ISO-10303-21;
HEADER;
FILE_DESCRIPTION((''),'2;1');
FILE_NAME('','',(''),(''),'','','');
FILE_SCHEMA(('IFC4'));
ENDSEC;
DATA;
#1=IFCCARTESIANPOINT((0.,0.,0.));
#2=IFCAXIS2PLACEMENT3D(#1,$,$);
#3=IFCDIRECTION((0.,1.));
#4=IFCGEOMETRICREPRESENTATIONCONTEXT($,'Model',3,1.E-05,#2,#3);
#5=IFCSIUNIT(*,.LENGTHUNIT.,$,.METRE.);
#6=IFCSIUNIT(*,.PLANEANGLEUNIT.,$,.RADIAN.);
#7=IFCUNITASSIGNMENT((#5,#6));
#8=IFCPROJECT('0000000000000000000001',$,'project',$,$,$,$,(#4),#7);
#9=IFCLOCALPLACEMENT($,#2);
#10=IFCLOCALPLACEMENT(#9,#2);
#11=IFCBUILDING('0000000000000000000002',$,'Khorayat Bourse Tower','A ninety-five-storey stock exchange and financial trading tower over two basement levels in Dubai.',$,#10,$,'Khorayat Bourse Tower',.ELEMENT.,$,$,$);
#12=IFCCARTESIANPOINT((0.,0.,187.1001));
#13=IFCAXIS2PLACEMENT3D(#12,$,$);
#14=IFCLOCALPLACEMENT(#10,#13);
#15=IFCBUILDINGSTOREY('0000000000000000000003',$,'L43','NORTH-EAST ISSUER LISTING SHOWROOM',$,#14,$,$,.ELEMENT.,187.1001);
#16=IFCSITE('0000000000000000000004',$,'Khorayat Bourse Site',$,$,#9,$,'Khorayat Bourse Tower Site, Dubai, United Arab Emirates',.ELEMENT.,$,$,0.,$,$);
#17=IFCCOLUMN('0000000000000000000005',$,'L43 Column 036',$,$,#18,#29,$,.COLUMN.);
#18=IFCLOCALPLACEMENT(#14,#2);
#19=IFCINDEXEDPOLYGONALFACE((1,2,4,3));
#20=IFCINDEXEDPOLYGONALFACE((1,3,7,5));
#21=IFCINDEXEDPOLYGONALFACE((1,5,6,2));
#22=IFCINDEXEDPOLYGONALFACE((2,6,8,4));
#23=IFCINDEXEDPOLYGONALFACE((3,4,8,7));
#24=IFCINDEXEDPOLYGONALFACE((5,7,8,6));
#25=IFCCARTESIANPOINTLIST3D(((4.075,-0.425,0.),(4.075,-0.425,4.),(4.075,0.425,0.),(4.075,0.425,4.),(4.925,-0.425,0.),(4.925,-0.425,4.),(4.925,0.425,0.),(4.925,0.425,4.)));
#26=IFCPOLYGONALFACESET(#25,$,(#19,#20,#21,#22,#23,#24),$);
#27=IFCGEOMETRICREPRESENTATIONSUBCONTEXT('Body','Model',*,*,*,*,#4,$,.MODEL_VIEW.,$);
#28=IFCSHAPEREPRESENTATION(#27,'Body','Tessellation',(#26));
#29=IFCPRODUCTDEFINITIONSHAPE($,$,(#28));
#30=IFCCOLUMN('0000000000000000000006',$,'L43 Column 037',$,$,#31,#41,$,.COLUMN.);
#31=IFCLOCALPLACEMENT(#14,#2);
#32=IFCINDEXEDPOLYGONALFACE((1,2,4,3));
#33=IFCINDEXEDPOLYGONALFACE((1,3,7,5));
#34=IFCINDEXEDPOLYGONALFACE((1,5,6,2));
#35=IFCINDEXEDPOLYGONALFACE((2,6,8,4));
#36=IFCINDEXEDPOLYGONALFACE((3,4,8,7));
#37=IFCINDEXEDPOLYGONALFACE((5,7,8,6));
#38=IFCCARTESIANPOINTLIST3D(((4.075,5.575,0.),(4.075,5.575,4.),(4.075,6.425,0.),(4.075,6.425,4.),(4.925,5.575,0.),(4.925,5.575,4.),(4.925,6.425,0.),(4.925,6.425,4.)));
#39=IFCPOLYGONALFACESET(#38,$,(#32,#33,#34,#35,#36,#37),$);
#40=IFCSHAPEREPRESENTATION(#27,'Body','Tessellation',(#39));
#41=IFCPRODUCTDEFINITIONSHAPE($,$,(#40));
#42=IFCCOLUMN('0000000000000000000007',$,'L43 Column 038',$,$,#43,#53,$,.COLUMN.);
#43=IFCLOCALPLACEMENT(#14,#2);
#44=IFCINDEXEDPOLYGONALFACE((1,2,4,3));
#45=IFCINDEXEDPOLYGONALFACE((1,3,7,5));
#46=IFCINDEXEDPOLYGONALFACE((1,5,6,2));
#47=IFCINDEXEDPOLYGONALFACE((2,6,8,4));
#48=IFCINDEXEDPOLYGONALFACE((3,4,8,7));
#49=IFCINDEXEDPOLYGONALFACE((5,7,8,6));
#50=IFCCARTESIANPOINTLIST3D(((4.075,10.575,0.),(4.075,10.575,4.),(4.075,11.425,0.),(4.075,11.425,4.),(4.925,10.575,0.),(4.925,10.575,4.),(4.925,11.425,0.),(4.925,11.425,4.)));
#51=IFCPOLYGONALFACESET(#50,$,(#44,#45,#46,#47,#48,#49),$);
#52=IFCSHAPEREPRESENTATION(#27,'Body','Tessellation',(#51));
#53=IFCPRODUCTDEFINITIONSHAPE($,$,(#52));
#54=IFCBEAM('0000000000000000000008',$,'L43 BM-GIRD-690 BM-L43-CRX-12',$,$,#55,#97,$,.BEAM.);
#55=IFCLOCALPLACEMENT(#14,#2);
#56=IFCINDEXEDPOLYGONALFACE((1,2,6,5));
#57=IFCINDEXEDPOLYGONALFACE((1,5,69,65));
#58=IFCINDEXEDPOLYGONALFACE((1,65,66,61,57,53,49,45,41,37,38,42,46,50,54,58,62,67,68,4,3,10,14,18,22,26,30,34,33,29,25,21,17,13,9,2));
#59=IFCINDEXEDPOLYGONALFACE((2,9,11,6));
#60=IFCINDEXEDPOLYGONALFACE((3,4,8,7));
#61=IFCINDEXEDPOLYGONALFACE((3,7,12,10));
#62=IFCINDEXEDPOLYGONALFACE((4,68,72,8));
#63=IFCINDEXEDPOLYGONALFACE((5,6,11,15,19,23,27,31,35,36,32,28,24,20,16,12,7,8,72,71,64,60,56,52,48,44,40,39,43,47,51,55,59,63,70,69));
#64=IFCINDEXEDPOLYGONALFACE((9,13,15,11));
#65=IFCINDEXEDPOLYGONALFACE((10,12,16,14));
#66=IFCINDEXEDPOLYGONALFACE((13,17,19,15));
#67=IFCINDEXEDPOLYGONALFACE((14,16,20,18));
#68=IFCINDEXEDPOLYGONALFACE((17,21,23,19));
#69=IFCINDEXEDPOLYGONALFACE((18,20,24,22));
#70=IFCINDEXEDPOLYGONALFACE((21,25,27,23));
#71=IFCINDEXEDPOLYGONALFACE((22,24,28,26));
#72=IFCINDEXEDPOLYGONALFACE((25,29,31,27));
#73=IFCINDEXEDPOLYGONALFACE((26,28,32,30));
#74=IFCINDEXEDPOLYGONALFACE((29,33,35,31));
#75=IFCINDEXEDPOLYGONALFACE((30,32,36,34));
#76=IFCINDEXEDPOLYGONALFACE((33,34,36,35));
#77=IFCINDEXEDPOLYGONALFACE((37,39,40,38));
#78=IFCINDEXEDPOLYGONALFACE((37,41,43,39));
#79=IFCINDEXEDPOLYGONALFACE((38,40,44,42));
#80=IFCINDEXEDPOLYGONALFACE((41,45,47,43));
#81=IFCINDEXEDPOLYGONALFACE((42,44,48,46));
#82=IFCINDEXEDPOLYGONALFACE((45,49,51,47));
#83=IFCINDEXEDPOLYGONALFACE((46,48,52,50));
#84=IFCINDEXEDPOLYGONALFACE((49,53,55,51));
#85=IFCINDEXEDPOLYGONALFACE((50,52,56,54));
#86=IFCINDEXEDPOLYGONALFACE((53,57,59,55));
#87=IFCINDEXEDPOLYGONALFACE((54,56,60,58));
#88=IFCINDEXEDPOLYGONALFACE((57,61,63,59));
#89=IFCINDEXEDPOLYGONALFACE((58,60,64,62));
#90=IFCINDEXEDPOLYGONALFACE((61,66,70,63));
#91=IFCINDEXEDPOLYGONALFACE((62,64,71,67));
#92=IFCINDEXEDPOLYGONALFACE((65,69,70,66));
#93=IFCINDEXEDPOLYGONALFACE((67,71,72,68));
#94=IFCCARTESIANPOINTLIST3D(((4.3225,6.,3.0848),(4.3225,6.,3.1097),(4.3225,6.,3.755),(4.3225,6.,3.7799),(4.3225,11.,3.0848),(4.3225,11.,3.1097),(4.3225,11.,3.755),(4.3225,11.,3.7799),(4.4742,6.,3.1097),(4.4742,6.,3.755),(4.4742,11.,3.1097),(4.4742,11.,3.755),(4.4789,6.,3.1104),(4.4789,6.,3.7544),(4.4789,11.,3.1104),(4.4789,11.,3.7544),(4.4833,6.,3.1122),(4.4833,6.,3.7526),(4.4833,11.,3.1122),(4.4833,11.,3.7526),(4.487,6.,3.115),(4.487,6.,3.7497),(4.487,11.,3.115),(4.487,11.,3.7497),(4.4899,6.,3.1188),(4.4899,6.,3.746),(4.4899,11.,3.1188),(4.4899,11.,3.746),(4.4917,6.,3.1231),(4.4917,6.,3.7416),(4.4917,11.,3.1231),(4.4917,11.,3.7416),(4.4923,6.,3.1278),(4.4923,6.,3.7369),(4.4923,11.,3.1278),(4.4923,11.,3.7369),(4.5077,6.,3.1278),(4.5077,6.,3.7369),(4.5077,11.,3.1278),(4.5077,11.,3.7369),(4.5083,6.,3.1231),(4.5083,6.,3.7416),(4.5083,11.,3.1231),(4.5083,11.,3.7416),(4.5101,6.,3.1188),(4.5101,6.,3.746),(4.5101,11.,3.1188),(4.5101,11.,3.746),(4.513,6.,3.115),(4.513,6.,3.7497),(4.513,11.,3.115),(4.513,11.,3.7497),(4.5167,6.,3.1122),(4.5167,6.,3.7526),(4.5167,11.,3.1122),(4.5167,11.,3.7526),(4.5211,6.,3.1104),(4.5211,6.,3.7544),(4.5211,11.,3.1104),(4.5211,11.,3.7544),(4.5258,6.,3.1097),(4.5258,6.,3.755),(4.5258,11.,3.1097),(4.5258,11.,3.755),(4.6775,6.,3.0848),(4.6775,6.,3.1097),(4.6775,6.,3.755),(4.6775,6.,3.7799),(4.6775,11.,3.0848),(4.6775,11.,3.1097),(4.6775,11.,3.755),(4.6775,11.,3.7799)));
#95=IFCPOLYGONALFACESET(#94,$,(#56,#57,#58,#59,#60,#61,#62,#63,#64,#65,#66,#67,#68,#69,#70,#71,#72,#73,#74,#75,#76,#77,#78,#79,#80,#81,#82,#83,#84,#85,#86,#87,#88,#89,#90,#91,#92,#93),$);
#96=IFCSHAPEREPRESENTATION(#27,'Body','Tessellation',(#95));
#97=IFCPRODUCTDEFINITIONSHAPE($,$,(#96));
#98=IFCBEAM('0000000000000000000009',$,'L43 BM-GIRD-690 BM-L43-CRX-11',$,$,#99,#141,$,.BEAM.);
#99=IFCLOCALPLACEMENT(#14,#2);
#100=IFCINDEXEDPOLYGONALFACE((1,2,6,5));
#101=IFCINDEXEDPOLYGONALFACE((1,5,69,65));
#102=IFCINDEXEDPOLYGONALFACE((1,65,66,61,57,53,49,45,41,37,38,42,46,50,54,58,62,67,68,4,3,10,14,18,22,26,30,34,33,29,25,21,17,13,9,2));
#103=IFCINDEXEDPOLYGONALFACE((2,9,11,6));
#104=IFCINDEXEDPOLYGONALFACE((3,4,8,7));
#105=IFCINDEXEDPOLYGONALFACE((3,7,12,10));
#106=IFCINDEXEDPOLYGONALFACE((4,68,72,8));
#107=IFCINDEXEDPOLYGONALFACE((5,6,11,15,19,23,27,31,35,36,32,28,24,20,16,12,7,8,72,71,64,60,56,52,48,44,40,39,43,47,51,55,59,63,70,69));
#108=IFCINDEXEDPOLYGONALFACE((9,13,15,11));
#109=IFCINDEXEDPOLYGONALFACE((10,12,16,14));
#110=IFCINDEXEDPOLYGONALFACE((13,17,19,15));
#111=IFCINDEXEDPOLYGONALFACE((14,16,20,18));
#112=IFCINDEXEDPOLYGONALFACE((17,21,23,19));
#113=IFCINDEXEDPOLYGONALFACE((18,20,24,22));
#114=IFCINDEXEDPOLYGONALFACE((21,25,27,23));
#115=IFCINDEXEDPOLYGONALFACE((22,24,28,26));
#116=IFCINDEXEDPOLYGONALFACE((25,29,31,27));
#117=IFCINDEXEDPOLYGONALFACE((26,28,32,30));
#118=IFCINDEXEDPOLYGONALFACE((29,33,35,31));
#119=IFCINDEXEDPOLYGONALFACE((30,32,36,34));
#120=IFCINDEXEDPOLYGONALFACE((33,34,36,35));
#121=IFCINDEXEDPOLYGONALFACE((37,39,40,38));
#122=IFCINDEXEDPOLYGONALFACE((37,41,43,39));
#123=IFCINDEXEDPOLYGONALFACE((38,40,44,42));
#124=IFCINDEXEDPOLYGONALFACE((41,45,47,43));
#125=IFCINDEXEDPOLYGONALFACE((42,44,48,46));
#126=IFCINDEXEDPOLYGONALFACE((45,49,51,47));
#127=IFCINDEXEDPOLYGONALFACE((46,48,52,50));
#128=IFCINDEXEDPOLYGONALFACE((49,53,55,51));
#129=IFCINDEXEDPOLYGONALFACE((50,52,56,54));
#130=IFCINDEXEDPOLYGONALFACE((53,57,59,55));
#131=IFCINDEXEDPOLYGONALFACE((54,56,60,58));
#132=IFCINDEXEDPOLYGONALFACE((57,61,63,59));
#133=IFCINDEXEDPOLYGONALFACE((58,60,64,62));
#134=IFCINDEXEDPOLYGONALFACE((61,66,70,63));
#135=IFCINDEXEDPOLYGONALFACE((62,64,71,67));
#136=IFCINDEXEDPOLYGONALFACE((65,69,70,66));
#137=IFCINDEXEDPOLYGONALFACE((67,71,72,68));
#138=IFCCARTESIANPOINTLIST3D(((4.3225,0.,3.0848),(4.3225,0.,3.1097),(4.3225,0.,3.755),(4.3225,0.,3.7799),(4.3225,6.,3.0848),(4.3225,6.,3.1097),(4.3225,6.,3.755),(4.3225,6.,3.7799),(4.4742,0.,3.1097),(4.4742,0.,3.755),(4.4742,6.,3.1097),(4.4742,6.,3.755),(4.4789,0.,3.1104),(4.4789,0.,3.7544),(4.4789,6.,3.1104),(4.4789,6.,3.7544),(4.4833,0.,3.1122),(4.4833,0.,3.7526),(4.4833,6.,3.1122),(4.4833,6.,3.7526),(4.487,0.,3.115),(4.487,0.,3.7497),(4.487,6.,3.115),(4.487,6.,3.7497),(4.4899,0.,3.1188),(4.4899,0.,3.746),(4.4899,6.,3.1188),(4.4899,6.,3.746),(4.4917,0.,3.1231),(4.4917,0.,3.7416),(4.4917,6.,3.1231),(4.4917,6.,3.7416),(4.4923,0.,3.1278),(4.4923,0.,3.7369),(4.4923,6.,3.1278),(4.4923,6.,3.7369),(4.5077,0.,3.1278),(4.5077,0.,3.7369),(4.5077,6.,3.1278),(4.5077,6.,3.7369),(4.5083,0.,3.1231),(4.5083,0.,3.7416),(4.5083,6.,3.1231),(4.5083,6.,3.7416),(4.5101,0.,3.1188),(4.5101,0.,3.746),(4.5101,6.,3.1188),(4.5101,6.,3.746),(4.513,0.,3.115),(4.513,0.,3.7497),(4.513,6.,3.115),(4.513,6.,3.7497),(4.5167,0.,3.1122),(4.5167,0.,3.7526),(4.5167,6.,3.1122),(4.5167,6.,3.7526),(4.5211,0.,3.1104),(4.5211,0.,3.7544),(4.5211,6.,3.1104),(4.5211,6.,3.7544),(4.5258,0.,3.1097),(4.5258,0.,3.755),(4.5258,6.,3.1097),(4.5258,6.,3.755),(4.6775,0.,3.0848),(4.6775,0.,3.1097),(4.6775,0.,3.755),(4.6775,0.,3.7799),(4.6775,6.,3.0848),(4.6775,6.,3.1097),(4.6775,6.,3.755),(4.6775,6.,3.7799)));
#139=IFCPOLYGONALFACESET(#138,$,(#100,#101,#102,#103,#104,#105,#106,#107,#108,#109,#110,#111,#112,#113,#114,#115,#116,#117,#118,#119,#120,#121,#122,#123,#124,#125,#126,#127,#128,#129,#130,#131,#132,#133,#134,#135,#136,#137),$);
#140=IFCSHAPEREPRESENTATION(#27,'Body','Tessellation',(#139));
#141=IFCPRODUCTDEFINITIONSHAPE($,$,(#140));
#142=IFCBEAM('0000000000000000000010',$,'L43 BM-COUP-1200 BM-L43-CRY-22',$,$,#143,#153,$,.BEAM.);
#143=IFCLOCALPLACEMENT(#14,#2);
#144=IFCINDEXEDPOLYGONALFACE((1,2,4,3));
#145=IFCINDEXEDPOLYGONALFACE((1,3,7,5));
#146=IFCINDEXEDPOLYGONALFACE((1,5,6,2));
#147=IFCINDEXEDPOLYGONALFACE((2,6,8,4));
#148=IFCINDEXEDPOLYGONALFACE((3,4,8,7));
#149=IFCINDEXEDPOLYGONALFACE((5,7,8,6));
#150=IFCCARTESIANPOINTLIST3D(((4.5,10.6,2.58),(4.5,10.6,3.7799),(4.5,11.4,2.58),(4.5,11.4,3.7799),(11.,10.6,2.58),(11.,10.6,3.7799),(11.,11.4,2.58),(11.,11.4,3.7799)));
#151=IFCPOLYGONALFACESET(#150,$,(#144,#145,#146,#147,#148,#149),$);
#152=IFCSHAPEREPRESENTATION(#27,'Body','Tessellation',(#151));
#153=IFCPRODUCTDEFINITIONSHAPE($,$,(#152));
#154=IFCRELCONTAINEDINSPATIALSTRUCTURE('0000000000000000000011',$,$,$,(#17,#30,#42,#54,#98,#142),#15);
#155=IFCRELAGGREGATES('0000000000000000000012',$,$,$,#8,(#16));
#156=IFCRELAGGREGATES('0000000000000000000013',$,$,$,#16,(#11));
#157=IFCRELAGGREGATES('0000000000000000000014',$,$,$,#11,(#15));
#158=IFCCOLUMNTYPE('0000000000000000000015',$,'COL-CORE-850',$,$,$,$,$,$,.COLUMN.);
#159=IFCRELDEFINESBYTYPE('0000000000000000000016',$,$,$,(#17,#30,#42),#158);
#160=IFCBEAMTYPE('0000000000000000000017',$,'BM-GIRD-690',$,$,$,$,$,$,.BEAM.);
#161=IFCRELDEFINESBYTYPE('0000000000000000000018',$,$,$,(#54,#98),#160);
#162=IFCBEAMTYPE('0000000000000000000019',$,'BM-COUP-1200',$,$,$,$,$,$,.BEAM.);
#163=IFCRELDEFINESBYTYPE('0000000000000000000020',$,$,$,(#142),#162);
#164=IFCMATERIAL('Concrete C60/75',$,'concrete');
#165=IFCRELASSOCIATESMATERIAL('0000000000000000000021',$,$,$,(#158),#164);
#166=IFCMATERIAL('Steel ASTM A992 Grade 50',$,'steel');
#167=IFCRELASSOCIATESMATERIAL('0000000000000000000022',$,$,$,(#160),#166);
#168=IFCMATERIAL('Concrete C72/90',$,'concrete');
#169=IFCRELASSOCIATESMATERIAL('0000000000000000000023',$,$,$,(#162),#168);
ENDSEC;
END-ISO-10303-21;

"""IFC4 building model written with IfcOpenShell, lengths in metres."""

from ifc_helpers import new_model, si_unit, direction, frame, origin, origin_2d, place, context, subcontext, project, spatial, rectangle, i_section, extrude, source, transform, mapped, material, material_profile, profile_set, type_object, element, save


model = new_model("IFC4")

# Units and contexts
model_context = context("Model", 3, precision=1e-05, world=origin(), true_north=direction((0.0, 1.0)))
body_context = subcontext(model_context, "Body", "Model", "MODEL_VIEW")
ifc_project = project(units=[si_unit("LENGTHUNIT", "METRE"), si_unit("PLANEANGLEUNIT", "RADIAN")], contexts=[model_context])

# Site, building, storey
site_placement = place(None, origin())
site = spatial("IfcSite", under=ifc_project, at=site_placement, Name="Khorayat Bourse Site", LongName="Khorayat Bourse Tower Site, Dubai, United Arab Emirates", CompositionType="ELEMENT", RefElevation=0.0)
building_placement = place(site_placement, origin())
building = spatial("IfcBuilding", under=site, at=building_placement, Name="Khorayat Bourse Tower", Description="A ninety-five-storey stock exchange and financial trading tower over two basement levels in Dubai.", LongName="Khorayat Bourse Tower", CompositionType="ELEMENT")
storey_placement = place(building_placement, frame((0.0, 0.0, 187.1001)))
storey = spatial("IfcBuildingStorey", under=building, at=storey_placement, Name="L43", Description="NORTH-EAST ISSUER LISTING SHOWROOM", CompositionType="ELEMENT", Elevation=187.1001)

# Columns
ifc_material_1 = material(Name="Concrete C60/75", Category="concrete")
ifc_material_profile_1 = material_profile(ifc_material_1, rectangle(XDim=0.8501, YDim=0.8501, at=origin_2d()), Name="RC 850x850")
ifc_profile_set_1 = profile_set([ifc_material_profile_1], Name="Concrete C60/75")
column_type = type_object("IfcColumnType", Name="COL-CORE-850", PredefinedType="COLUMN", material=ifc_profile_set_1)
shared_shape_1 = source(origin(), body_context, "Body", "SweptSolid", [
    extrude(rectangle(XDim=0.8501, YDim=0.8501, at=origin_2d()), origin(), (0.0, 0.0, 1.0), 4.0),
])
for number, where, z_axis, x_axis, name in (
    (1, (4.5, 0.0, 0.0), (0.0, 0.0, 1.0), (1.0, 0.0, 0.0), "L43 Column 036"),
    (2, (4.5, 6.0, 0.0), (0.0, 0.0, 1.0), (1.0, 0.0, 0.0), "L43 Column 037"),
    (3, (4.5, 11.0, 0.0), (0.0, 0.0, 1.0), (1.0, 0.0, 0.0), "L43 Column 038"),
):
    element("IfcColumn", number, at=place(storey_placement, frame(where, z_axis=z_axis, x_axis=x_axis)), inside=storey, type_object=column_type, Name=name, PredefinedType="COLUMN", context=body_context, shape_type="MappedRepresentation", body=[
        mapped(shared_shape_1, transform((0.0, 0.0, 0.0), scale=1.0)),
    ])

# Beams
ifc_material_2 = material(Name="Steel ASTM A992 Grade 50", Category="steel")
ifc_material_profile_2 = material_profile(ifc_material_2, i_section(OverallWidth=0.355, OverallDepth=0.6951, WebThickness=0.0154, FlangeThickness=0.0249, FilletRadius=0.0181, at=origin_2d()), Name="W690X217")
ifc_profile_set_2 = profile_set([ifc_material_profile_2], Name="Steel ASTM A992 Grade 50")
beam_type_1 = type_object("IfcBeamType", Name="BM-GIRD-690", PredefinedType="BEAM", material=ifc_profile_set_2)
shared_shape_2 = source(origin(), body_context, "Body", "SweptSolid", [
    extrude(i_section(OverallWidth=0.355, OverallDepth=0.6951, WebThickness=0.0154, FlangeThickness=0.0249, FilletRadius=0.0181, at=origin_2d()), origin(), (0.0, 0.0, 1.0), 5.0),
])
beam_1_placement = place(storey_placement, frame((4.5, 6.0, 3.4324), z_axis=(0.0, 1.0, 0.0), x_axis=(-1.0, 0.0, 0.0)))
element("IfcBeam", 4, at=beam_1_placement, inside=storey, type_object=beam_type_1, Name="L43 BM-GIRD-690 BM-L43-CRX-12", PredefinedType="BEAM", context=body_context, shape_type="MappedRepresentation", body=[
    mapped(shared_shape_2, transform((0.0, 0.0, 0.0), scale=1.0)),
])
shared_shape_3 = source(origin(), body_context, "Body", "SweptSolid", [
    extrude(i_section(OverallWidth=0.355, OverallDepth=0.6951, WebThickness=0.0154, FlangeThickness=0.0249, FilletRadius=0.0181, at=origin_2d()), origin(), (0.0, 0.0, 1.0), 6.0),
])
beam_2_placement = place(storey_placement, frame((4.5, 0.0, 3.4324), z_axis=(0.0, 1.0, 0.0), x_axis=(-1.0, 0.0, 0.0)))
element("IfcBeam", 5, at=beam_2_placement, inside=storey, type_object=beam_type_1, Name="L43 BM-GIRD-690 BM-L43-CRX-11", PredefinedType="BEAM", context=body_context, shape_type="MappedRepresentation", body=[
    mapped(shared_shape_3, transform((0.0, 0.0, 0.0), scale=1.0)),
])
ifc_material_3 = material(Name="Concrete C72/90", Category="concrete")
ifc_material_profile_3 = material_profile(ifc_material_3, rectangle(XDim=0.8, YDim=1.2, at=origin_2d()), Name="RC 800x1200")
ifc_profile_set_3 = profile_set([ifc_material_profile_3], Name="Concrete C72/90")
beam_type_2 = type_object("IfcBeamType", Name="BM-COUP-1200", PredefinedType="BEAM", material=ifc_profile_set_3)
shared_shape_4 = source(origin(), body_context, "Body", "SweptSolid", [
    extrude(rectangle(XDim=0.8, YDim=1.2, at=origin_2d()), origin(), (0.0, 0.0, 1.0), 6.5),
])
beam_3_placement = place(storey_placement, frame((4.5, 11.0, 3.1799), z_axis=(1.0, 0.0, 0.0), x_axis=(0.0, 1.0, 0.0)))
element("IfcBeam", 6, at=beam_3_placement, inside=storey, type_object=beam_type_2, Name="L43 BM-COUP-1200 BM-L43-CRY-22", PredefinedType="BEAM", context=body_context, shape_type="MappedRepresentation", body=[
    mapped(shared_shape_4, transform((0.0, 0.0, 0.0), scale=1.0)),
])

save(model, "model.ifc")
